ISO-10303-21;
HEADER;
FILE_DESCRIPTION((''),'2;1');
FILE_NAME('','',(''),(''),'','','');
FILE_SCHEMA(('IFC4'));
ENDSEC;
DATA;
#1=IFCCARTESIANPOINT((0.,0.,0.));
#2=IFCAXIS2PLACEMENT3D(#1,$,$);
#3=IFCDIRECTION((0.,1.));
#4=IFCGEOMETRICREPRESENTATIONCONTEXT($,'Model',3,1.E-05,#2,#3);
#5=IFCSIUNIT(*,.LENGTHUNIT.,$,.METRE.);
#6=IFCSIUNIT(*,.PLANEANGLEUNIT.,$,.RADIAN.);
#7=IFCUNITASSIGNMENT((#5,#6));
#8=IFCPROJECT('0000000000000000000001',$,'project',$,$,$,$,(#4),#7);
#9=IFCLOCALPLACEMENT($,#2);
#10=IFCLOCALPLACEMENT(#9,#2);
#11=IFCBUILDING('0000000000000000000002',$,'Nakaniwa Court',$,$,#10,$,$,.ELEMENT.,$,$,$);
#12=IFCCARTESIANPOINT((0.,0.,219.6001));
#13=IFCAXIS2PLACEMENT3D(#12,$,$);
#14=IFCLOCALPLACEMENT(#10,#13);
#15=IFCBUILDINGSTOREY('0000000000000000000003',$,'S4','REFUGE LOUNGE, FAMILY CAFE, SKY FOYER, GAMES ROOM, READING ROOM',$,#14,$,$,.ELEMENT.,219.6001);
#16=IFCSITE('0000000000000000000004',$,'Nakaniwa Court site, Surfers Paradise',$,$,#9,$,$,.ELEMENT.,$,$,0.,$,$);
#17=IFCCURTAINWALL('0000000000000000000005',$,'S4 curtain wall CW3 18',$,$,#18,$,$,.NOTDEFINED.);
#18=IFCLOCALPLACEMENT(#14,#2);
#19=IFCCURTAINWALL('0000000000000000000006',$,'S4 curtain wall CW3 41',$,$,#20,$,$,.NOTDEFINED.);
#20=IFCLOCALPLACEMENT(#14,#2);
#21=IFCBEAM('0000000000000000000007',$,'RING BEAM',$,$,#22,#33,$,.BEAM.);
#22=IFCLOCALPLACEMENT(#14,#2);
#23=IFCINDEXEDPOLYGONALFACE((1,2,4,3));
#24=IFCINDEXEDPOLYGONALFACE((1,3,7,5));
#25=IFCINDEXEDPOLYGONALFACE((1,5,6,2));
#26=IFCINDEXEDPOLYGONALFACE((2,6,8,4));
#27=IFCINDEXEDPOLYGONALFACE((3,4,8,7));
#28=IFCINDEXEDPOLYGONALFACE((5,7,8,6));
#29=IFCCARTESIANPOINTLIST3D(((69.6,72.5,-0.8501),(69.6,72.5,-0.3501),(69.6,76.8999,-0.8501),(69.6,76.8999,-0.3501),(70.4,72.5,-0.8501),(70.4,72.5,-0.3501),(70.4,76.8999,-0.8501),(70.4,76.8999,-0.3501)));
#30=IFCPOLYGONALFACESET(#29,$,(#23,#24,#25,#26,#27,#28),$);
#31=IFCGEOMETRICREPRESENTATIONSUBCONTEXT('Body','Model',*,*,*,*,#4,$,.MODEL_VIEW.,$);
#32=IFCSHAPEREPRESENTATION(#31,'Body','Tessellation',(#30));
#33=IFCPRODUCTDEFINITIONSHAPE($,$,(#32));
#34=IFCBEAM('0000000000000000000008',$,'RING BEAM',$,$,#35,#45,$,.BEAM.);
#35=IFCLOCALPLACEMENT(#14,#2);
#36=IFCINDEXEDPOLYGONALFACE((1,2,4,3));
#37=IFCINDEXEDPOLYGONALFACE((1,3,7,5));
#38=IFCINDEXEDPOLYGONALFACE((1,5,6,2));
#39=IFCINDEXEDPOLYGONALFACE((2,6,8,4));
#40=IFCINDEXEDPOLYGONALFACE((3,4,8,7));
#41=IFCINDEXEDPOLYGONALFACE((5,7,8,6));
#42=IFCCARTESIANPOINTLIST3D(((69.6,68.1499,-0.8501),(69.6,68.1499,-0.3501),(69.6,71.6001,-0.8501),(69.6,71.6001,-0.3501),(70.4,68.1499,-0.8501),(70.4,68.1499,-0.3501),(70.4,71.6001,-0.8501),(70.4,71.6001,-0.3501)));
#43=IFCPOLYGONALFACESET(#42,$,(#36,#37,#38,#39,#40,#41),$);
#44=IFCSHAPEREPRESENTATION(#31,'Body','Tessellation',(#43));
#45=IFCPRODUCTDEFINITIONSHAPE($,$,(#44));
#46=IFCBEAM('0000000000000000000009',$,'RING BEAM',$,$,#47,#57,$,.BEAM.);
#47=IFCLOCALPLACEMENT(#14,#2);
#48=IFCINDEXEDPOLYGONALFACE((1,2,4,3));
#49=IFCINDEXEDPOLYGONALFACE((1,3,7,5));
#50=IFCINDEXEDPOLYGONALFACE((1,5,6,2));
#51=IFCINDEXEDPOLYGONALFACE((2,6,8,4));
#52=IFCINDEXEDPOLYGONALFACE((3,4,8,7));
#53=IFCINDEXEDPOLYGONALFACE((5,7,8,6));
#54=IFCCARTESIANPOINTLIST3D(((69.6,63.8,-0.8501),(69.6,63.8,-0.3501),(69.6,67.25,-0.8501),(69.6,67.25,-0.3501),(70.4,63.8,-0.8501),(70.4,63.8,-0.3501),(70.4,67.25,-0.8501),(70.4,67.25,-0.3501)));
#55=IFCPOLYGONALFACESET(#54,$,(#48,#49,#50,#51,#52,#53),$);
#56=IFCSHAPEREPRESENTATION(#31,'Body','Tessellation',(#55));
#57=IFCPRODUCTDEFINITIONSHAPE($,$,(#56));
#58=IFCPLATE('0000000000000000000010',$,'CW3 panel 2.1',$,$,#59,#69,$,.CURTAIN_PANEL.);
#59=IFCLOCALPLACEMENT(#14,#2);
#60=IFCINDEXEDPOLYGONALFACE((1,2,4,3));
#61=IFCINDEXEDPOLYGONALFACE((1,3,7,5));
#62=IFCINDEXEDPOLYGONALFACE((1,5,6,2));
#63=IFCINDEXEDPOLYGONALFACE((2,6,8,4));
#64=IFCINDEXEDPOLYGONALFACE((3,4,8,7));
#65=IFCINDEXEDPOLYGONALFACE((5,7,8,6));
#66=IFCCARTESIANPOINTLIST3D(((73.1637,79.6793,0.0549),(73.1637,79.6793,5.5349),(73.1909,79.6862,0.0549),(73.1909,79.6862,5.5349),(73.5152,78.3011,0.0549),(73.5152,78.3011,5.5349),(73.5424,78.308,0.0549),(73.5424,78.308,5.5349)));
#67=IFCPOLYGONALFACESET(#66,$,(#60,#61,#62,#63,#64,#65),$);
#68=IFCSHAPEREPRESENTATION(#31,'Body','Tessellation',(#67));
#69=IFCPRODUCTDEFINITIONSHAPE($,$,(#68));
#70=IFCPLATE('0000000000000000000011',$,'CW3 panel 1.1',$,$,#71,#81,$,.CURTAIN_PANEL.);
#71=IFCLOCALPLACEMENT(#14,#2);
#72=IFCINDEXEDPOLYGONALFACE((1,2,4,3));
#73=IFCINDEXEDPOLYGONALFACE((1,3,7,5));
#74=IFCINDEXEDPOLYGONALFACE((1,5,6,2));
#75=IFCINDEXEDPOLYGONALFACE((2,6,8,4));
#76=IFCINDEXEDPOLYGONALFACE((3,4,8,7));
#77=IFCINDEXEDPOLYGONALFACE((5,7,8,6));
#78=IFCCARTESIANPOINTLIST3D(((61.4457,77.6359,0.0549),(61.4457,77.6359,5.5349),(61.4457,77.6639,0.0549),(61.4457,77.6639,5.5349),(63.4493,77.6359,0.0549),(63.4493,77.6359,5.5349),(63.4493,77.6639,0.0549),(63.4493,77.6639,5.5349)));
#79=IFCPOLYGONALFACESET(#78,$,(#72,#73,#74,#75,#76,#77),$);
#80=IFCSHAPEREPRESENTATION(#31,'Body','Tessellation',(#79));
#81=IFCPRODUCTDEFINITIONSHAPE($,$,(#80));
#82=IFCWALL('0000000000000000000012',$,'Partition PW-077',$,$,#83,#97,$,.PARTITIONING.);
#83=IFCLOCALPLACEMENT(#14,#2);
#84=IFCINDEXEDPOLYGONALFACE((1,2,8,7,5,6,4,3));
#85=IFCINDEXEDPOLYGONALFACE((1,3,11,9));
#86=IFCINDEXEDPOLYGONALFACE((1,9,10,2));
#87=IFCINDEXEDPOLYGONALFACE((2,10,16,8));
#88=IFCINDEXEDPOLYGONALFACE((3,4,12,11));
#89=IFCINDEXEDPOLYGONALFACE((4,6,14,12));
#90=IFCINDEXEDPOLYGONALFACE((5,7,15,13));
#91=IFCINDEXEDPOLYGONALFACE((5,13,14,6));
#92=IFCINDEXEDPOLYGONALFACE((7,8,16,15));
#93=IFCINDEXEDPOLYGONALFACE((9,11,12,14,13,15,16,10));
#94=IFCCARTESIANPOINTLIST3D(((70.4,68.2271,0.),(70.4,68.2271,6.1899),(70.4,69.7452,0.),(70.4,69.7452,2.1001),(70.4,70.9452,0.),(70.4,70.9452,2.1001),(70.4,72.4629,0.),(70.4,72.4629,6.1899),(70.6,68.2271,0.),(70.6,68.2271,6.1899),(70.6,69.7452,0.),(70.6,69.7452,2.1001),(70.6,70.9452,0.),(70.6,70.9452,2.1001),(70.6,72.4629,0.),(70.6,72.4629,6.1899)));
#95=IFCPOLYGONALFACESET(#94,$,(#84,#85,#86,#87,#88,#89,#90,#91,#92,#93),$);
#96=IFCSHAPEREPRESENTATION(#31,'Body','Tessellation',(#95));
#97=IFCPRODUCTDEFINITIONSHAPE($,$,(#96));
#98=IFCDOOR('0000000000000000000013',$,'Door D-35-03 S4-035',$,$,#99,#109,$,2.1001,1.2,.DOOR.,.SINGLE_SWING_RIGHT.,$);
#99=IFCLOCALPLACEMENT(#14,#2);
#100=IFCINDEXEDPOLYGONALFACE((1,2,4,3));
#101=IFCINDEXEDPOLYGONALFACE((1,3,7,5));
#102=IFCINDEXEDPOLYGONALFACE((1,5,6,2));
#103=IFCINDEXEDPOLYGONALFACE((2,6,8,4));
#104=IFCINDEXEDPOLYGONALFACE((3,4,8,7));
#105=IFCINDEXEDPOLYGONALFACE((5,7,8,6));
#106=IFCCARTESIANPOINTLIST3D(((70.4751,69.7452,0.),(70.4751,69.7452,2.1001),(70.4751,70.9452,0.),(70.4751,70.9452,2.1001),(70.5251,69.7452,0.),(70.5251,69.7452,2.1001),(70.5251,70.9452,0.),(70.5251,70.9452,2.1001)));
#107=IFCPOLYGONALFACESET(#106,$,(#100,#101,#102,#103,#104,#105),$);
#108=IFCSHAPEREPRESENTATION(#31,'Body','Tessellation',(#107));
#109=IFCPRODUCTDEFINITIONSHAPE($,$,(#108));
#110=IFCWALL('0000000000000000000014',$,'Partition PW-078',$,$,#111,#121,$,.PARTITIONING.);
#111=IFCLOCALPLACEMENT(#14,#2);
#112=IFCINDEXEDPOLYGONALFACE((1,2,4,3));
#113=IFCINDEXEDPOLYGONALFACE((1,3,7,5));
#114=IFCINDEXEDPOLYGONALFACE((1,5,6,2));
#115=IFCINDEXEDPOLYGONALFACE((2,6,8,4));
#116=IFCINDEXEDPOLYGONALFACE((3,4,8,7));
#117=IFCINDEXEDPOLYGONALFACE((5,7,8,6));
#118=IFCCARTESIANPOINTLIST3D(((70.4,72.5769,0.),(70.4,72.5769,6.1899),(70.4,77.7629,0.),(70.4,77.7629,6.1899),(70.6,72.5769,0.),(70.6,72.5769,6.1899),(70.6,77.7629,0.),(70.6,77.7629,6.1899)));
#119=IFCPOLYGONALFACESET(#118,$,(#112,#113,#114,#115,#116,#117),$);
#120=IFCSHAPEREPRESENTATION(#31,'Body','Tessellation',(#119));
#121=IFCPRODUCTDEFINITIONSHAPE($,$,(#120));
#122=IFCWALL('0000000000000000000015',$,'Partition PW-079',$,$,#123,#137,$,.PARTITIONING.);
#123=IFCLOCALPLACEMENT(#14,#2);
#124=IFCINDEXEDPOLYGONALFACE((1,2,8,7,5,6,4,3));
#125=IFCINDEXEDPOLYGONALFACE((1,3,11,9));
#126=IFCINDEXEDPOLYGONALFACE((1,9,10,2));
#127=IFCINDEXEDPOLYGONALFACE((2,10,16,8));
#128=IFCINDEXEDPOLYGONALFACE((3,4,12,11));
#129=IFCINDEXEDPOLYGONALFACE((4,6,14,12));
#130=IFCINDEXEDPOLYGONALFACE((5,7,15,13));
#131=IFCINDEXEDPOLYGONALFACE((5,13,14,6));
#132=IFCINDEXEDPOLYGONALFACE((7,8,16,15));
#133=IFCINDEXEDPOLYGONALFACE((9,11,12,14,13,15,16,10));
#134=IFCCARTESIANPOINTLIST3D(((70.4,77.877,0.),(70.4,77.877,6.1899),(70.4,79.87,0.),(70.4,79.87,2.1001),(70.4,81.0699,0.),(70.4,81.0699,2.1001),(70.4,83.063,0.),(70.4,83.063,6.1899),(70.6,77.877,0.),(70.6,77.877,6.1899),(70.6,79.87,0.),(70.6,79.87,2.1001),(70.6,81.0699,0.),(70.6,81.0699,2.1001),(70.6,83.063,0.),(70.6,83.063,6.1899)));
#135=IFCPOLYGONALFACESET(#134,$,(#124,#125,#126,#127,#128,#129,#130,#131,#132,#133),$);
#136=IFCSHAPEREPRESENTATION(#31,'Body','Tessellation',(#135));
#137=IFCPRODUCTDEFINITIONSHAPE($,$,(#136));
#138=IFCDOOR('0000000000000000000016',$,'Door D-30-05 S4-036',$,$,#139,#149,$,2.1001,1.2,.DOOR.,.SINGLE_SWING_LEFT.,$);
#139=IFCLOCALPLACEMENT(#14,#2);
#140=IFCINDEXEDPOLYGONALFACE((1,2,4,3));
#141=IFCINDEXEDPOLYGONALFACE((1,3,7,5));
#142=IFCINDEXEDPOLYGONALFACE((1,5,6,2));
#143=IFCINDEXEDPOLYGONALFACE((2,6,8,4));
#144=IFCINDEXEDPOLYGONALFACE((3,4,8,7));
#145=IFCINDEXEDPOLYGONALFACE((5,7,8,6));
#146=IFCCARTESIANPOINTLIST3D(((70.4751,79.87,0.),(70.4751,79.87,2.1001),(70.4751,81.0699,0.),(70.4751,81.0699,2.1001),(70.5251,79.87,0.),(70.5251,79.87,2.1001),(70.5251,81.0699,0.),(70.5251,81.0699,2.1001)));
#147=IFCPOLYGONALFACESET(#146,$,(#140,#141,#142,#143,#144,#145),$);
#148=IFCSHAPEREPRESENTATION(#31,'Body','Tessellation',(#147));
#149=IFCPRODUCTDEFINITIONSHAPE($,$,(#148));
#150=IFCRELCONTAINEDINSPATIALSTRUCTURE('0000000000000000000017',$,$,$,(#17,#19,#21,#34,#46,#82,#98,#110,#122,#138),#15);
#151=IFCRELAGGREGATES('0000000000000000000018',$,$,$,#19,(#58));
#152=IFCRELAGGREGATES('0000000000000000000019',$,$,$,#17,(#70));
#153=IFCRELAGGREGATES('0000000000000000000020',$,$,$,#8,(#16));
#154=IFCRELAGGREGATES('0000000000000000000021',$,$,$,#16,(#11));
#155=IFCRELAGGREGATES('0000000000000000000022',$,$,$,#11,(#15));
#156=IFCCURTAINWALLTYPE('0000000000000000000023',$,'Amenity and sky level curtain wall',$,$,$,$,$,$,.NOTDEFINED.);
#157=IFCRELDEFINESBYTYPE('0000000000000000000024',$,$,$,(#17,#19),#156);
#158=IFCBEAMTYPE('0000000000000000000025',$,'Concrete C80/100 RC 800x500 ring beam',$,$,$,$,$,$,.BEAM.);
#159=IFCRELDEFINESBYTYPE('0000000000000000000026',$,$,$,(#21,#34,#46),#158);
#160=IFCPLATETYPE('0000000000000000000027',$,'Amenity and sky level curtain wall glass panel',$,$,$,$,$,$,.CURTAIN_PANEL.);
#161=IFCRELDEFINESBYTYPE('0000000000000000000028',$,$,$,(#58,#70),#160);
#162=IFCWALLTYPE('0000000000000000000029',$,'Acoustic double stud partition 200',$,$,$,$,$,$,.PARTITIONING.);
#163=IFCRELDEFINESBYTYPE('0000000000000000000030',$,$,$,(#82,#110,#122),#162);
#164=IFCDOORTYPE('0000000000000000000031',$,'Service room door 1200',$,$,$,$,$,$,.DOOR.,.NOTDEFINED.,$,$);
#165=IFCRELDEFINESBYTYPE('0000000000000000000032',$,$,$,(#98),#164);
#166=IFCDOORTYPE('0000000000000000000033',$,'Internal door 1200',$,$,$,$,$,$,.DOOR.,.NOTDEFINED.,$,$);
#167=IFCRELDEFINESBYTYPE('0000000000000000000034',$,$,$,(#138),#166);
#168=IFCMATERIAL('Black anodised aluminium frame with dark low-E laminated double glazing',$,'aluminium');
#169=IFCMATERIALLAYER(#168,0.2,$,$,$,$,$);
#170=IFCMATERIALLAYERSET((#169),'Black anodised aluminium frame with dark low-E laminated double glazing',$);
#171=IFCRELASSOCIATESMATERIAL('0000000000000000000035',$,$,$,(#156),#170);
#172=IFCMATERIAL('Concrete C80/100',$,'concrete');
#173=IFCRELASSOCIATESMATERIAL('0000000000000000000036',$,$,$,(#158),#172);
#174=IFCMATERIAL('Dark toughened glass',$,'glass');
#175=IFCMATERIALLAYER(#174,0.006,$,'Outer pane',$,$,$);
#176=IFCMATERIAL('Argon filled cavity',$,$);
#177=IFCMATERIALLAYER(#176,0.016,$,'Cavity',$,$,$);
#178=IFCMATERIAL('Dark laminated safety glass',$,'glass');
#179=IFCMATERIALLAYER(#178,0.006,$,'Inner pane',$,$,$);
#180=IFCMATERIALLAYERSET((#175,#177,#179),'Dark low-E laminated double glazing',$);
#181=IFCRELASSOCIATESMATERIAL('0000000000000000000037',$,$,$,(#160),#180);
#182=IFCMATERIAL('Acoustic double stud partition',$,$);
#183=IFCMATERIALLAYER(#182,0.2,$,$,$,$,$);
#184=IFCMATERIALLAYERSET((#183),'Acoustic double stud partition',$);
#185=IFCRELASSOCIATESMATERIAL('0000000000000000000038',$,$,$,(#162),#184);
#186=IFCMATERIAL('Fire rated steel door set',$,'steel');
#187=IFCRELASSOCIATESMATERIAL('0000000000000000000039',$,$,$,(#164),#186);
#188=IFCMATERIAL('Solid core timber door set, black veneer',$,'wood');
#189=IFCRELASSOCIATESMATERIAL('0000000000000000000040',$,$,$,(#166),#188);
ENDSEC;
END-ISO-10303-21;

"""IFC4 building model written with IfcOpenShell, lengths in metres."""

from ifc_helpers import new_model, si_unit, direction, frame, frame_2d, origin, origin_2d, place, context, subcontext, project, spatial, rectangle, extrude, material, layer, layer_set, material_profile, profile_set, type_object, element, fill, aggregate, save


model = new_model("IFC4")

# Units and contexts
model_context = context("Model", 3, precision=1e-05, world=origin(), true_north=direction((0.0, 1.0)))
body_context = subcontext(model_context, "Body", "Model", "MODEL_VIEW")
ifc_project = project(units=[si_unit("LENGTHUNIT", "METRE"), si_unit("PLANEANGLEUNIT", "RADIAN")], contexts=[model_context])

# Site, building, storey
site_placement = place(None, origin())
site = spatial("IfcSite", under=ifc_project, at=site_placement, Name="Nakaniwa Court site, Surfers Paradise", CompositionType="ELEMENT", RefElevation=0.0)
building_placement = place(site_placement, origin())
building = spatial("IfcBuilding", under=site, at=building_placement, Name="Nakaniwa Court", CompositionType="ELEMENT")
storey_placement = place(building_placement, frame((0.0, 0.0, 219.6001)))
storey = spatial("IfcBuildingStorey", under=building, at=storey_placement, Name="S4", Description="REFUGE LOUNGE, FAMILY CAFE, SKY FOYER, GAMES ROOM, READING ROOM", CompositionType="ELEMENT", Elevation=219.6001)

# Shared definitions
ifc_material_1 = material(Name="Concrete C80/100", Category="concrete")

# Curtain walls
ifc_material_2 = material(Name="Black anodised aluminium frame with dark low-E laminated double glazing", Category="aluminium")
ifc_layer_1 = layer(ifc_material_2, 0.2)
ifc_layer_set_1 = layer_set([ifc_layer_1], Name="Black anodised aluminium frame with dark low-E laminated double glazing")
curtain_wall_type = type_object("IfcCurtainWallType", Name="Amenity and sky level curtain wall", PredefinedType="NOTDEFINED", material=ifc_layer_set_1)
curtain_wall_1_placement = place(storey_placement, origin())
curtain_wall_1 = element("IfcCurtainWall", 1, at=curtain_wall_1_placement, inside=storey, type_object=curtain_wall_type, Name="S4 curtain wall CW3 18", PredefinedType="NOTDEFINED")
curtain_wall_2_placement = place(storey_placement, origin())
curtain_wall_2 = element("IfcCurtainWall", 2, at=curtain_wall_2_placement, inside=storey, type_object=curtain_wall_type, Name="S4 curtain wall CW3 41", PredefinedType="NOTDEFINED")

# Beams
ifc_material_profile_1 = material_profile(ifc_material_1, rectangle(XDim=0.8, YDim=0.5, at=origin_2d()), Name="Concrete C80/100 RC 800x500 ring beam")
ifc_profile_set_1 = profile_set([ifc_material_profile_1], Name="Concrete C80/100")
beam_type_1 = type_object("IfcBeamType", Name="Concrete C80/100 RC 800x500 ring beam", PredefinedType="BEAM", material=ifc_profile_set_1)
beam_1_placement = place(storey_placement, frame((70.0, 76.8999, -0.6001), z_axis=(0.0, -1.0, 0.0), x_axis=(1.0, 0.0, 0.0)))
element("IfcBeam", 3, at=beam_1_placement, inside=storey, type_object=beam_type_1, Name="RING BEAM", PredefinedType="BEAM", context=body_context, shape_type="SweptSolid", body=[
    extrude(rectangle(XDim=0.8, YDim=0.5, at=origin_2d()), origin(), (0.0, 0.0, 1.0), 4.3999),
])
beam_2_placement = place(storey_placement, frame((70.0, 71.6001, -0.6001), z_axis=(0.0, -1.0, 0.0), x_axis=(1.0, 0.0, 0.0)))
element("IfcBeam", 4, at=beam_2_placement, inside=storey, type_object=beam_type_1, Name="RING BEAM", PredefinedType="BEAM", context=body_context, shape_type="SweptSolid", body=[
    extrude(rectangle(XDim=0.8, YDim=0.5, at=origin_2d()), origin(), (0.0, 0.0, 1.0), 3.4502),
])
beam_3_placement = place(storey_placement, frame((70.0, 67.25, -0.6001), z_axis=(0.0, -1.0, 0.0), x_axis=(1.0, 0.0, 0.0)))
element("IfcBeam", 5, at=beam_3_placement, inside=storey, type_object=beam_type_1, Name="RING BEAM", PredefinedType="BEAM", context=body_context, shape_type="SweptSolid", body=[
    extrude(rectangle(XDim=0.8, YDim=0.5, at=origin_2d()), origin(), (0.0, 0.0, 1.0), 3.45),
])

# Plates
ifc_material_3 = material(Name="Dark toughened glass", Category="glass")
ifc_layer_2 = layer(ifc_material_3, 0.006, Name="Outer pane")
ifc_material_4 = material(Name="Argon filled cavity")
ifc_layer_3 = layer(ifc_material_4, 0.016, Name="Cavity")
ifc_material_5 = material(Name="Dark laminated safety glass", Category="glass")
ifc_layer_4 = layer(ifc_material_5, 0.006, Name="Inner pane")
ifc_layer_set_2 = layer_set([ifc_layer_2, ifc_layer_3, ifc_layer_4], Name="Dark low-E laminated double glazing")
plate_type = type_object("IfcPlateType", Name="Amenity and sky level curtain wall glass panel", PredefinedType="CURTAIN_PANEL", material=ifc_layer_set_2)
plate_1_placement = place(storey_placement, frame((73.353, 78.9937, 0.0549), z_axis=(0.0, 0.0, 1.0), x_axis=(-0.247114, 0.968986, 0.0)))
plate_1 = element("IfcPlate", 6, at=plate_1_placement, type_object=plate_type, Name="CW3 panel 2.1", PredefinedType="CURTAIN_PANEL", context=body_context, shape_type="SweptSolid", body=[
    extrude(rectangle(XDim=1.4224, YDim=0.0281, at=origin_2d()), origin(), (0.0, 0.0, 1.0), 5.48),
])
aggregate(curtain_wall_2, [plate_1])
plate_2_placement = place(storey_placement, frame((62.4475, 77.6499, 0.0549), z_axis=(0.0, 0.0, 1.0), x_axis=(-1.0, 0.0, 0.0)))
plate_2 = element("IfcPlate", 7, at=plate_2_placement, type_object=plate_type, Name="CW3 panel 1.1", PredefinedType="CURTAIN_PANEL", context=body_context, shape_type="SweptSolid", body=[
    extrude(rectangle(XDim=2.0037, YDim=0.0281, at=origin_2d()), origin(), (0.0, 0.0, 1.0), 5.48),
])
aggregate(curtain_wall_1, [plate_2])

# Wall, opening, door
ifc_material_6 = material(Name="Acoustic double stud partition")
ifc_layer_5 = layer(ifc_material_6, 0.2)
ifc_layer_set_3 = layer_set([ifc_layer_5], Name="Acoustic double stud partition")
wall_type_1 = type_object("IfcWallType", Name="Acoustic double stud partition 200", PredefinedType="PARTITIONING", material=ifc_layer_set_3)
wall_1_placement = place(storey_placement, frame((70.5, 68.2271, 0.0), z_axis=(0.0, 0.0, 1.0), x_axis=(0.0, 1.0, 0.0)))
wall_1 = element("IfcWall", 8, at=wall_1_placement, inside=storey, type_object=wall_type_1, Name="Partition PW-077", PredefinedType="PARTITIONING", context=body_context, shape_type="SweptSolid", body=[
    extrude(rectangle(XDim=4.2358, YDim=0.2, at=frame_2d((2.1179, 0.0))), origin(), (0.0, 0.0, 1.0), 6.1899),
])
opening_1_placement = place(wall_1_placement, frame((1.5181, 0.0, 0.0)))
opening_1 = element("IfcOpeningElement", 9, at=opening_1_placement, cuts=wall_1, PredefinedType="OPENING", context=body_context, shape_type="SweptSolid", body=[
    extrude(rectangle(XDim=1.2, YDim=2.1001, at=frame_2d((0.6001, 1.05))), frame((0.0, 0.1099, 0.0), z_axis=(0.0, -1.0, 0.0), x_axis=(1.0, 0.0, 0.0)), (0.0, 0.0, 1.0), 0.22),
])
ifc_material_7 = material(Name="Fire rated steel door set", Category="steel")
door_type_1 = type_object("IfcDoorType", Name="Service room door 1200", OperationType="NOTDEFINED", PredefinedType="DOOR", material=ifc_material_7)
door_1_placement = place(opening_1_placement, origin())
door_1 = element("IfcDoor", 10, at=door_1_placement, inside=storey, type_object=door_type_1, Name="Door D-35-03 S4-035", OperationType="SINGLE_SWING_RIGHT", OverallHeight=2.1001, OverallWidth=1.2, PredefinedType="DOOR", context=body_context, shape_type="SweptSolid", body=[
    extrude(rectangle(XDim=1.2, YDim=2.1001, at=frame_2d((0.6001, 1.05))), frame((0.0, 0.0249, 0.0), z_axis=(0.0, -1.0, 0.0), x_axis=(1.0, 0.0, 0.0)), (0.0, 0.0, 1.0), 0.05),
])
fill(opening_1, door_1)

# Wall
wall_2_placement = place(storey_placement, frame((70.5, 72.5769, 0.0), z_axis=(0.0, 0.0, 1.0), x_axis=(0.0, 1.0, 0.0)))
element("IfcWall", 11, at=wall_2_placement, inside=storey, type_object=wall_type_1, Name="Partition PW-078", PredefinedType="PARTITIONING", context=body_context, shape_type="SweptSolid", body=[
    extrude(rectangle(XDim=5.186, YDim=0.2, at=frame_2d((2.593, 0.0))), origin(), (0.0, 0.0, 1.0), 6.1899),
])

# Wall, opening, door
wall_3_placement = place(storey_placement, frame((70.5, 77.877, 0.0), z_axis=(0.0, 0.0, 1.0), x_axis=(0.0, 1.0, 0.0)))
wall_3 = element("IfcWall", 12, at=wall_3_placement, inside=storey, type_object=wall_type_1, Name="Partition PW-079", PredefinedType="PARTITIONING", context=body_context, shape_type="SweptSolid", body=[
    extrude(rectangle(XDim=5.186, YDim=0.2, at=frame_2d((2.593, 0.0))), origin(), (0.0, 0.0, 1.0), 6.1899),
])
opening_2_placement = place(wall_3_placement, frame((1.9929, 0.0, 0.0)))
opening_2 = element("IfcOpeningElement", 13, at=opening_2_placement, cuts=wall_3, PredefinedType="OPENING", context=body_context, shape_type="SweptSolid", body=[
    extrude(rectangle(XDim=1.2, YDim=2.1001, at=frame_2d((0.6001, 1.05))), frame((0.0, 0.1099, 0.0), z_axis=(0.0, -1.0, 0.0), x_axis=(1.0, 0.0, 0.0)), (0.0, 0.0, 1.0), 0.22),
])
ifc_material_8 = material(Name="Solid core timber door set, black veneer", Category="wood")
door_type_2 = type_object("IfcDoorType", Name="Internal door 1200", OperationType="NOTDEFINED", PredefinedType="DOOR", material=ifc_material_8)
door_2_placement = place(opening_2_placement, origin())
door_2 = element("IfcDoor", 14, at=door_2_placement, inside=storey, type_object=door_type_2, Name="Door D-30-05 S4-036", OperationType="SINGLE_SWING_LEFT", OverallHeight=2.1001, OverallWidth=1.2, PredefinedType="DOOR", context=body_context, shape_type="SweptSolid", body=[
    extrude(rectangle(XDim=1.2, YDim=2.1001, at=frame_2d((0.6001, 1.05))), frame((0.0, 0.0249, 0.0), z_axis=(0.0, -1.0, 0.0), x_axis=(1.0, 0.0, 0.0)), (0.0, 0.0, 1.0), 0.05),
])
fill(opening_2, door_2)

save(model, "model.ifc")
